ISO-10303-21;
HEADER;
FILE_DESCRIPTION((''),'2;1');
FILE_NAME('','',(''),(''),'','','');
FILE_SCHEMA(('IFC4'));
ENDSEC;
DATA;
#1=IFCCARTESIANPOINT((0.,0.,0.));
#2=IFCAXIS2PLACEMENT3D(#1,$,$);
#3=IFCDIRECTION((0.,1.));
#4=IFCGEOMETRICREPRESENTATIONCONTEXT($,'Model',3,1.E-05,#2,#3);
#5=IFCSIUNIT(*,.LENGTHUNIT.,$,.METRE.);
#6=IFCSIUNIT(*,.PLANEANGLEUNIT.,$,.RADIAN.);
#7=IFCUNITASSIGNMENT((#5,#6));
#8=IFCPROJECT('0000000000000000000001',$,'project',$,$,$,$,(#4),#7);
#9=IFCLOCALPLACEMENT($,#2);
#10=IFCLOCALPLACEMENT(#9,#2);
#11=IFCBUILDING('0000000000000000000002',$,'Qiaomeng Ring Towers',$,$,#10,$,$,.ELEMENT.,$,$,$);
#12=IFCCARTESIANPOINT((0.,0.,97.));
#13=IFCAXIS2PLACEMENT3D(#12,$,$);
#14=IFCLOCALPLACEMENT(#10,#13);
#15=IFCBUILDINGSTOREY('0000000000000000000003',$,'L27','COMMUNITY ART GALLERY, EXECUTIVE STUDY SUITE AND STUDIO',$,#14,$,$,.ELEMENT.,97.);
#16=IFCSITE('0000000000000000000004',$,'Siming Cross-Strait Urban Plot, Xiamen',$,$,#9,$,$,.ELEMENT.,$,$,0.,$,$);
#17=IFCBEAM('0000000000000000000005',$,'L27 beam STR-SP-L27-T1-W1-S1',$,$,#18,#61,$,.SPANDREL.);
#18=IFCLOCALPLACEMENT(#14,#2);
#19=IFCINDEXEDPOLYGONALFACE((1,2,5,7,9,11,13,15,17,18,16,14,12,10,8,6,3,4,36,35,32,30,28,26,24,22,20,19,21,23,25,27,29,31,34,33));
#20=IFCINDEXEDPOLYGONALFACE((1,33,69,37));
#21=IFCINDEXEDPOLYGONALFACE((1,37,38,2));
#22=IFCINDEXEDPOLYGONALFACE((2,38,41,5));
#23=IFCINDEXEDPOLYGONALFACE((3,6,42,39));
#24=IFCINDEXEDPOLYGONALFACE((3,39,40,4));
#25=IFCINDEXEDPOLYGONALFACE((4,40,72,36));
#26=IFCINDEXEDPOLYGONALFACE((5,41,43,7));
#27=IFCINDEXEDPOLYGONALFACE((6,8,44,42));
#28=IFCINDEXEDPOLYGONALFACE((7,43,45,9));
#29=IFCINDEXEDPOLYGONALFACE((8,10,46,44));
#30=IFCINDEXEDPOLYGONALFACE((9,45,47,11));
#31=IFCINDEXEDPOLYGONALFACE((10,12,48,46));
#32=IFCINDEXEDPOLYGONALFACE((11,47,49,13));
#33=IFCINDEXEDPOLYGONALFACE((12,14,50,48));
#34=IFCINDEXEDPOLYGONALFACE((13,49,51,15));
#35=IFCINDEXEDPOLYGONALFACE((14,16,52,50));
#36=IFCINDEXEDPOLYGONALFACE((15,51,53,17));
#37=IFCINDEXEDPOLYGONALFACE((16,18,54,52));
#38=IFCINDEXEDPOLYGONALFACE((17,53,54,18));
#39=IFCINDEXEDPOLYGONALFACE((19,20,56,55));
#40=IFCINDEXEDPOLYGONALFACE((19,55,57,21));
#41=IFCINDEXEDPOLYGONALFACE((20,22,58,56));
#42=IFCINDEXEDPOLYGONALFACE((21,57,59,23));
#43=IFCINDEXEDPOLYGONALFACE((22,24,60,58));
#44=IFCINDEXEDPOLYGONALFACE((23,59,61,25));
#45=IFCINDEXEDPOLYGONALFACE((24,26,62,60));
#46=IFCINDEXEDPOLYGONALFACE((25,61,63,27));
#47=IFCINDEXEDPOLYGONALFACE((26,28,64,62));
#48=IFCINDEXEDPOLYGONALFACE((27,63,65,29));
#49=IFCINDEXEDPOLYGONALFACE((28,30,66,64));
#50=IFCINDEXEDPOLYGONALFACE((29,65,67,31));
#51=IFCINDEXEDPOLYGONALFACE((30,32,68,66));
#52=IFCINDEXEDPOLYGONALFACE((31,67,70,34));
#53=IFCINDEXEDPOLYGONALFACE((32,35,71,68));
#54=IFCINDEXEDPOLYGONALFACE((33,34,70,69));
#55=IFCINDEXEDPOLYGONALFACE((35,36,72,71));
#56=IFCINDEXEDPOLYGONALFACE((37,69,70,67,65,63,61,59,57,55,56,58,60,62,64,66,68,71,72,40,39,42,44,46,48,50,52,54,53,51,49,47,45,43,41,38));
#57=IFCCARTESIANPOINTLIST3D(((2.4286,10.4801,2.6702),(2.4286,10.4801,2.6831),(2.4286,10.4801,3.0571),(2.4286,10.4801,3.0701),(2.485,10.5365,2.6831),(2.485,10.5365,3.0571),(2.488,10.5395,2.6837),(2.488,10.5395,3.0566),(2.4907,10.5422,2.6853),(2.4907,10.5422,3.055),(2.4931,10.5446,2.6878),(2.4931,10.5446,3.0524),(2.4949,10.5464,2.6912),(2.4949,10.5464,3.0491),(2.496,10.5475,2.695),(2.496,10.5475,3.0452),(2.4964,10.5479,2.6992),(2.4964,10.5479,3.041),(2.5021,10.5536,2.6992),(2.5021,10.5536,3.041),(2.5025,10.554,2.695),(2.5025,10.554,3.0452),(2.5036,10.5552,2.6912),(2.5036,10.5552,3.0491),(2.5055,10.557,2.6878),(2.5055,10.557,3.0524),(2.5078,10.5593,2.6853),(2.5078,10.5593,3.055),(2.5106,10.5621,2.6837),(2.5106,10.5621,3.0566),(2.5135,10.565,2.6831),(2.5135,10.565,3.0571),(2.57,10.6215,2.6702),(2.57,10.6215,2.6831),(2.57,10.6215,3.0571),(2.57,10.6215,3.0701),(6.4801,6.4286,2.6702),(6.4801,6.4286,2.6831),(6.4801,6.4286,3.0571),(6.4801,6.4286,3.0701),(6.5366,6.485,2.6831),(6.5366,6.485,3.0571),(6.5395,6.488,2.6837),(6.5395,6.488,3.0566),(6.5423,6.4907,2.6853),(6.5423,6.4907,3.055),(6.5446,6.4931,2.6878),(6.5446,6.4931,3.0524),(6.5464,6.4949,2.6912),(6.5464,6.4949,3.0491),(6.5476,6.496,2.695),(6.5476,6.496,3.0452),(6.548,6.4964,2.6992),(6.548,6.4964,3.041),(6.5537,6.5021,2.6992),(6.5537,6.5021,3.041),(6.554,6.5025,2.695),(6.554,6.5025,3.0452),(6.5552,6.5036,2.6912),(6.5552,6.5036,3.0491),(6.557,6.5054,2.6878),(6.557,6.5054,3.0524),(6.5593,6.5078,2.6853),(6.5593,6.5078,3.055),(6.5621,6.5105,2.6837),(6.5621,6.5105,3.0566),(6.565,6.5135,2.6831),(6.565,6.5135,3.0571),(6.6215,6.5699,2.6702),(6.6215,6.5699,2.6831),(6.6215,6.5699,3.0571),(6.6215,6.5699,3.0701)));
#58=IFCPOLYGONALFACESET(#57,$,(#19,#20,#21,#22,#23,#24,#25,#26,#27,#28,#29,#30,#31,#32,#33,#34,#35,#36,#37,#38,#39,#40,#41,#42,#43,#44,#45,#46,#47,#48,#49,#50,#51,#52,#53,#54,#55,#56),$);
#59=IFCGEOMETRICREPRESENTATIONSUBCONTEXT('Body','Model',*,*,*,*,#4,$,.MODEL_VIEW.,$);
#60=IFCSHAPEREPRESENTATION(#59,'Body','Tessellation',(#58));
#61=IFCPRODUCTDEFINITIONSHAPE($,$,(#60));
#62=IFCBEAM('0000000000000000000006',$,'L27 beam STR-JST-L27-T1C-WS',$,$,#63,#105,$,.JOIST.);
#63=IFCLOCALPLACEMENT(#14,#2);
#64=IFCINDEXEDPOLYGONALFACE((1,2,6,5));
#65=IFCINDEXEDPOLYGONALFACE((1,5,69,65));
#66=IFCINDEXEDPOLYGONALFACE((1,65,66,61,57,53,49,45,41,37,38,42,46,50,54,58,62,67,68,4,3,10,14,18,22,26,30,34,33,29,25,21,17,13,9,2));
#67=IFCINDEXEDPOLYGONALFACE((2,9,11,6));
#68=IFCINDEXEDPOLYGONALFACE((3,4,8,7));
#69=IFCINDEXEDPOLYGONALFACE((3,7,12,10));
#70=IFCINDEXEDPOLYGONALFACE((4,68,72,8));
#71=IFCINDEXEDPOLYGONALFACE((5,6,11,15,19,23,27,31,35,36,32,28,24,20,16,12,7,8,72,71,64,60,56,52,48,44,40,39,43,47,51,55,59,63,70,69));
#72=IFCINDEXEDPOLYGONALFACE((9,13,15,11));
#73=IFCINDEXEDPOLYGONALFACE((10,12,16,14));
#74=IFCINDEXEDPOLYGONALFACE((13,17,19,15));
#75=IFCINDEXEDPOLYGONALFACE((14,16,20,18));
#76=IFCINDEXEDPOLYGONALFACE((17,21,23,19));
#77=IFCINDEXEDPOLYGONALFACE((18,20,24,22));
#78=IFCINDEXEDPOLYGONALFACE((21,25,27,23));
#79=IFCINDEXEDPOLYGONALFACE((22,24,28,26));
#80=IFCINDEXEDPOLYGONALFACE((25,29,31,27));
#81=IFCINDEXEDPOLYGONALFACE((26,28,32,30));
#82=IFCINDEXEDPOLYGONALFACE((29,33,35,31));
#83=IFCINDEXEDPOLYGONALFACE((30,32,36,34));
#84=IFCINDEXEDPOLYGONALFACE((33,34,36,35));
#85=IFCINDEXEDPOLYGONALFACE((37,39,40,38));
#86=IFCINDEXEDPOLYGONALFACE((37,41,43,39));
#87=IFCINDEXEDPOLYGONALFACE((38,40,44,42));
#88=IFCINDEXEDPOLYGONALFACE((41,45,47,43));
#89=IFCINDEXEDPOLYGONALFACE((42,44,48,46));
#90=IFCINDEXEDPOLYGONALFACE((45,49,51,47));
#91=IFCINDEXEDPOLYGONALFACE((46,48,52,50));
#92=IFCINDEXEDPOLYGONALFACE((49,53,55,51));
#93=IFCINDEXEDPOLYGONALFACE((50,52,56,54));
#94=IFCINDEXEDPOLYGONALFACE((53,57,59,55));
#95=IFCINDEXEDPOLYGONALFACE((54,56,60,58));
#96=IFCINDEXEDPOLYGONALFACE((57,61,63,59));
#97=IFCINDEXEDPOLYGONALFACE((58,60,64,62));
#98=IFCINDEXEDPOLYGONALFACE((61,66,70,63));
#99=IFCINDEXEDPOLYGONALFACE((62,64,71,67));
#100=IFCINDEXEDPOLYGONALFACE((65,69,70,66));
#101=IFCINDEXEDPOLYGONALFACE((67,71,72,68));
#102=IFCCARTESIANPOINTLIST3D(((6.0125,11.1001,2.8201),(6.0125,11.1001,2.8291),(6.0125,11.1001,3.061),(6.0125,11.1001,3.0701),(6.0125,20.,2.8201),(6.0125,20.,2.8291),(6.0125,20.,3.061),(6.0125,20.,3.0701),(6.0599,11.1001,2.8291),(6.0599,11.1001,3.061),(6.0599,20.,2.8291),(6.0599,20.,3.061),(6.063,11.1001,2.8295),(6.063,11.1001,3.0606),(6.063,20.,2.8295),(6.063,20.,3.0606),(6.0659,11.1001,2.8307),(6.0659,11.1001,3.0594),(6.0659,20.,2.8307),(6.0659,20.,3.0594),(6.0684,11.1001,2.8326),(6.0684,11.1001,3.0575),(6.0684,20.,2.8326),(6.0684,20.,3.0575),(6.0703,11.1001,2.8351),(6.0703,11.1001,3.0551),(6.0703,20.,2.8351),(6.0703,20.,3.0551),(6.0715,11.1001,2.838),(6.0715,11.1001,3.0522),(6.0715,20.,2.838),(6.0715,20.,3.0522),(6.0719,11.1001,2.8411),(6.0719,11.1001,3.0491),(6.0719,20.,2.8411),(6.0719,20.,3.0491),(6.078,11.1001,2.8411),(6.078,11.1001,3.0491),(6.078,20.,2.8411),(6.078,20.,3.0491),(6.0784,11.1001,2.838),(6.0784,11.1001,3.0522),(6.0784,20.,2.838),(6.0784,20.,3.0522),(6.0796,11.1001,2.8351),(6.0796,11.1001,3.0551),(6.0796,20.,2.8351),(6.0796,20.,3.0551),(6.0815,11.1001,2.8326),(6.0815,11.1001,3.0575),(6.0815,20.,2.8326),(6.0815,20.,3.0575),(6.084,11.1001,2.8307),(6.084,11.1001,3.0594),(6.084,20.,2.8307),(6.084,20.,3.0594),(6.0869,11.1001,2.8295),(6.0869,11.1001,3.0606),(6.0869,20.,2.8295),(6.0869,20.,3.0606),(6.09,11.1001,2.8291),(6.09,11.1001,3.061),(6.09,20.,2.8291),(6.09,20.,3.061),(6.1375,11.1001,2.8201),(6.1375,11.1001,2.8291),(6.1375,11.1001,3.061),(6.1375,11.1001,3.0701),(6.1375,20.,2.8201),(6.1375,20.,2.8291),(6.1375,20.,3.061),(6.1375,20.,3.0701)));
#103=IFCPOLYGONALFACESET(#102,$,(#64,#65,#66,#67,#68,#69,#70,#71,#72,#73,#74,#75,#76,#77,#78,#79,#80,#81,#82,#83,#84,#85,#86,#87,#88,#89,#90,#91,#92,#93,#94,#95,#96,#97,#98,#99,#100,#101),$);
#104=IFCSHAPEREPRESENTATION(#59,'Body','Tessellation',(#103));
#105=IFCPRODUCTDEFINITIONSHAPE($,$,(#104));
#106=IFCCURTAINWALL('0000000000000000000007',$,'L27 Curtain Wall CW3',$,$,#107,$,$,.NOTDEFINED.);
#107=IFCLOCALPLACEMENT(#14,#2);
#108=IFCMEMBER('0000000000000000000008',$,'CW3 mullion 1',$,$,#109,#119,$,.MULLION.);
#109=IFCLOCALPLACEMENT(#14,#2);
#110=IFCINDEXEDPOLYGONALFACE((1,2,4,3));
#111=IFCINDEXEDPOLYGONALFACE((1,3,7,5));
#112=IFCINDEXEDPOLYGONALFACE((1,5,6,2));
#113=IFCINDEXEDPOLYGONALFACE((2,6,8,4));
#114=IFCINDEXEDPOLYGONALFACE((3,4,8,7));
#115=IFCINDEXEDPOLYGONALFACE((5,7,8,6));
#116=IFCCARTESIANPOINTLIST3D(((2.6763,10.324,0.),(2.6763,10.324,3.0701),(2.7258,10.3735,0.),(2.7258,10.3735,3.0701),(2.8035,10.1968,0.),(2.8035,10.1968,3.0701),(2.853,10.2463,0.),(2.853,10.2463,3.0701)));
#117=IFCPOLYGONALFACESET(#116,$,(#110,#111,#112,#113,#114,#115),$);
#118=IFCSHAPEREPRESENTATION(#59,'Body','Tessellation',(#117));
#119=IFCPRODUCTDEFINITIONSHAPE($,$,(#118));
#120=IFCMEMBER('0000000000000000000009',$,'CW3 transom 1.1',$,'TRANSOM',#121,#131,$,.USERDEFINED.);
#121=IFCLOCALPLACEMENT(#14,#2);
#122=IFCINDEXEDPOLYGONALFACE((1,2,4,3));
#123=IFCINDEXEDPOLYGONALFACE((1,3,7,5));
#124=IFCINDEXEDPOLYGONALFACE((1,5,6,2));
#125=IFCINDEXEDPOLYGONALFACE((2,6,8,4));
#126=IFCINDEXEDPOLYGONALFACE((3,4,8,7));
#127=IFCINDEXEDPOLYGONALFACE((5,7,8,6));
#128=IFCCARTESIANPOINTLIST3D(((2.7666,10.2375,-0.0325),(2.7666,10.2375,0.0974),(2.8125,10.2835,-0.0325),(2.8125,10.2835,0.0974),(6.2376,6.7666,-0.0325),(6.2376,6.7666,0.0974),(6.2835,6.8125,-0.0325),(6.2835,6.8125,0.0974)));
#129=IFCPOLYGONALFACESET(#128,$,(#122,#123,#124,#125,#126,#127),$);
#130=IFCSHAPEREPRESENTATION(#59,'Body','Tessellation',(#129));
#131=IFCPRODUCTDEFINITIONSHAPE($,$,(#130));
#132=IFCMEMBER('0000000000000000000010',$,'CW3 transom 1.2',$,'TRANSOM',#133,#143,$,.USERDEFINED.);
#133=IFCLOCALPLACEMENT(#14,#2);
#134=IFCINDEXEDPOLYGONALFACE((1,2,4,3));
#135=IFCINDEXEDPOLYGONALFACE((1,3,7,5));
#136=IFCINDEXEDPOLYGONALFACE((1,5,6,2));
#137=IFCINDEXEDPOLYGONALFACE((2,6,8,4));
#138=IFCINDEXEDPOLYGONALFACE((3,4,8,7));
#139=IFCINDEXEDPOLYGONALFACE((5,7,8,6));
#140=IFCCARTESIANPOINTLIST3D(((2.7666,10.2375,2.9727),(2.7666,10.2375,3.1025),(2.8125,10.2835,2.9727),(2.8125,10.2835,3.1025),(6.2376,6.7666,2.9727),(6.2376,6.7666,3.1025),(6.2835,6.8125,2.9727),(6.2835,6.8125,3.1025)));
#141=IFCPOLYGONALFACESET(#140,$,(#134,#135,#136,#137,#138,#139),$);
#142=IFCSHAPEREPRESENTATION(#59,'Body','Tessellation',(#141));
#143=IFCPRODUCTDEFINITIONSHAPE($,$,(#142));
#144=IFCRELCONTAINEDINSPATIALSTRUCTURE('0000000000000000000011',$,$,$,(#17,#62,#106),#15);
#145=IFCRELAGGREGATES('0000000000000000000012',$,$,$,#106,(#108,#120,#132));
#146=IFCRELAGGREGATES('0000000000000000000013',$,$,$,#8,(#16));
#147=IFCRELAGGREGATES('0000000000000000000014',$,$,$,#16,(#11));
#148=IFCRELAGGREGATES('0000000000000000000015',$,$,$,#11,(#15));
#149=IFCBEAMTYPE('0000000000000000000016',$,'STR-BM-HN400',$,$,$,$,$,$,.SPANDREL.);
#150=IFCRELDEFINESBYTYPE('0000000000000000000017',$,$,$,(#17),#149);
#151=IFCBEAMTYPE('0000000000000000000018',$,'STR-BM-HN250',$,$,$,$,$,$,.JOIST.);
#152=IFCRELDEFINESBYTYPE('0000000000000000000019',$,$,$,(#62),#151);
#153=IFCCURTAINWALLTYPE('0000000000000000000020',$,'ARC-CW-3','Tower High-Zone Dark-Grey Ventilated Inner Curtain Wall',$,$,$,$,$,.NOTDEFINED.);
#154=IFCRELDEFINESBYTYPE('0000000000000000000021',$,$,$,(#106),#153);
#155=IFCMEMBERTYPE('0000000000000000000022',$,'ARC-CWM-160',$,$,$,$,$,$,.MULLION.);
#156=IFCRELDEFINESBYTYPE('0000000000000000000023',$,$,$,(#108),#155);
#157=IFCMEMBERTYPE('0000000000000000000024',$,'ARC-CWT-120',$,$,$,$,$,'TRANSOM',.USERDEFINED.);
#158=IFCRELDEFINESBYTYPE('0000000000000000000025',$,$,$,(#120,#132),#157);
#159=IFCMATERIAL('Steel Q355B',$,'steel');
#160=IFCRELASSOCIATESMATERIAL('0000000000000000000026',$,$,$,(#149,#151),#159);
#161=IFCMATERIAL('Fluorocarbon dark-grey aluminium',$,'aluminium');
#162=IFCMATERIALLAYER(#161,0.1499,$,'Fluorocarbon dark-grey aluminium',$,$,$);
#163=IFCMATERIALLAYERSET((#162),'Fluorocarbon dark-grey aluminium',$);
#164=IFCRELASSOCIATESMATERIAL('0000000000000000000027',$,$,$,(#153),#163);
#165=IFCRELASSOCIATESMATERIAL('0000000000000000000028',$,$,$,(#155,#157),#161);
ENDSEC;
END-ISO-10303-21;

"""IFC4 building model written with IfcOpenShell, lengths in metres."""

from ifc_helpers import new_model, si_unit, direction, frame, origin, origin_2d, place, context, subcontext, project, spatial, rectangle, i_section, extrude, source, transform, mapped, material, layer, layer_set, material_profile, profile_set, type_object, element, aggregate, save


model = new_model("IFC4")

# Units and contexts
model_context = context("Model", 3, precision=1e-05, world=origin(), true_north=direction((0.0, 1.0)))
body_context = subcontext(model_context, "Body", "Model", "MODEL_VIEW")
ifc_project = project(units=[si_unit("LENGTHUNIT", "METRE"), si_unit("PLANEANGLEUNIT", "RADIAN")], contexts=[model_context])

# Site, building, storey
site_placement = place(None, origin())
site = spatial("IfcSite", under=ifc_project, at=site_placement, Name="Siming Cross-Strait Urban Plot, Xiamen", CompositionType="ELEMENT", RefElevation=0.0)
building_placement = place(site_placement, origin())
building = spatial("IfcBuilding", under=site, at=building_placement, Name="Qiaomeng Ring Towers", CompositionType="ELEMENT")
storey_placement = place(building_placement, frame((0.0, 0.0, 97.0)))
storey = spatial("IfcBuildingStorey", under=building, at=storey_placement, Name="L27", Description="COMMUNITY ART GALLERY, EXECUTIVE STUDY SUITE AND STUDIO", CompositionType="ELEMENT", Elevation=97.0)

# Beams
ifc_material_1 = material(Name="Steel Q355B", Category="steel")
ifc_material_profile_1 = material_profile(ifc_material_1, i_section(OverallWidth=0.2, OverallDepth=0.3999, WebThickness=0.0081, FlangeThickness=0.0129, FilletRadius=0.0161, at=origin_2d()), Name="HN 400x200x8x13")
ifc_profile_set_1 = profile_set([ifc_material_profile_1], Name="Steel Q355B")
beam_type_1 = type_object("IfcBeamType", Name="STR-BM-HN400", PredefinedType="SPANDREL", material=ifc_profile_set_1)
shared_shape_1 = source(origin(), body_context, "Body", "SweptSolid", [
    extrude(i_section(OverallWidth=0.2, OverallDepth=0.3999, WebThickness=0.0081, FlangeThickness=0.0129, FilletRadius=0.0161, at=origin_2d()), origin(), (0.0, 0.0, 1.0), 5.7297),
])
beam_1_placement = place(storey_placement, frame((2.4993, 10.5508, 2.8701), z_axis=(0.707107, -0.707107, 0.0), x_axis=(0.707107, 0.707107, 0.0)))
element("IfcBeam", 1, at=beam_1_placement, inside=storey, type_object=beam_type_1, Name="L27 beam STR-SP-L27-T1-W1-S1", PredefinedType="SPANDREL", context=body_context, shape_type="MappedRepresentation", body=[
    mapped(shared_shape_1, transform((0.0, 0.0, 0.0), x_axis=(1.0, 0.0, 0.0), y_axis=(0.0, 1.0, 0.0), z_axis=(0.0, 0.0, 1.0), scale=1.0)),
])
ifc_material_profile_2 = material_profile(ifc_material_1, i_section(OverallWidth=0.125, OverallDepth=0.25, WebThickness=0.0061, FlangeThickness=0.009, FilletRadius=0.012, at=origin_2d()), Name="HN 250x125x6x9")
ifc_profile_set_2 = profile_set([ifc_material_profile_2], Name="Steel Q355B")
beam_type_2 = type_object("IfcBeamType", Name="STR-BM-HN250", PredefinedType="JOIST", material=ifc_profile_set_2)
shared_shape_2 = source(origin(), body_context, "Body", "SweptSolid", [
    extrude(i_section(OverallWidth=0.125, OverallDepth=0.25, WebThickness=0.0061, FlangeThickness=0.009, FilletRadius=0.012, at=origin_2d()), origin(), (0.0, 0.0, 1.0), 8.8999),
])
beam_2_placement = place(storey_placement, frame((6.075, 11.1001, 2.9451), z_axis=(0.0, 1.0, 0.0), x_axis=(-1.0, 0.0, 0.0)))
element("IfcBeam", 2, at=beam_2_placement, inside=storey, type_object=beam_type_2, Name="L27 beam STR-JST-L27-T1C-WS", PredefinedType="JOIST", context=body_context, shape_type="MappedRepresentation", body=[
    mapped(shared_shape_2, transform((0.0, 0.0, 0.0), x_axis=(1.0, 0.0, 0.0), y_axis=(0.0, 1.0, 0.0), z_axis=(0.0, 0.0, 1.0), scale=1.0)),
])

# Curtain wall, members
ifc_material_2 = material(Name="Fluorocarbon dark-grey aluminium", Category="aluminium")
ifc_layer_1 = layer(ifc_material_2, 0.1499, Name="Fluorocarbon dark-grey aluminium")
ifc_layer_set_1 = layer_set([ifc_layer_1], Name="Fluorocarbon dark-grey aluminium")
curtain_wall_type = type_object("IfcCurtainWallType", Name="ARC-CW-3", Description="Tower High-Zone Dark-Grey Ventilated Inner Curtain Wall", PredefinedType="NOTDEFINED", material=ifc_layer_set_1)
curtain_wall_placement = place(storey_placement, origin())
curtain_wall = element("IfcCurtainWall", 3, at=curtain_wall_placement, inside=storey, type_object=curtain_wall_type, Name="L27 Curtain Wall CW3", PredefinedType="NOTDEFINED")
ifc_material_profile_3 = material_profile(ifc_material_2, rectangle(XDim=0.0701, YDim=0.1799, at=origin_2d()), Name="ALU MULL 70x180")
ifc_profile_set_3 = profile_set([ifc_material_profile_3], Name="Fluorocarbon dark-grey aluminium")
member_type_1 = type_object("IfcMemberType", Name="ARC-CWM-160", PredefinedType="MULLION", material=ifc_profile_set_3)
shared_shape_3 = source(origin(), body_context, "Body", "SweptSolid", [
    extrude(rectangle(XDim=0.0701, YDim=0.1799, at=origin_2d()), origin(), (0.0, 0.0, 1.0), 3.0701),
])
member_1_placement = place(storey_placement, frame((2.7646, 10.2852, 0.0), z_axis=(0.0, 0.0, 1.0), x_axis=(0.707107, 0.707107, 0.0)))
member_1 = element("IfcMember", 4, at=member_1_placement, type_object=member_type_1, Name="CW3 mullion 1", PredefinedType="MULLION", context=body_context, shape_type="MappedRepresentation", body=[
    mapped(shared_shape_3, transform((0.0, 0.0, 0.0), x_axis=(1.0, 0.0, 0.0), y_axis=(0.0, 1.0, 0.0), z_axis=(0.0, 0.0, 1.0), scale=1.0)),
])
ifc_material_profile_4 = material_profile(ifc_material_2, rectangle(XDim=0.0649, YDim=0.1299, at=origin_2d()), Name="ALU TRAN 65x130")
ifc_profile_set_4 = profile_set([ifc_material_profile_4], Name="Fluorocarbon dark-grey aluminium")
member_type_2 = type_object("IfcMemberType", Name="ARC-CWT-120", ElementType="TRANSOM", PredefinedType="USERDEFINED", material=ifc_profile_set_4)
shared_shape_4 = source(origin(), body_context, "Body", "SweptSolid", [
    extrude(rectangle(XDim=0.0649, YDim=0.1299, at=origin_2d()), origin(), (0.0, 0.0, 1.0), 4.9087),
])
member_2_placement = place(storey_placement, frame((2.7896, 10.2605, 0.0325), z_axis=(0.707107, -0.707107, 0.0), x_axis=(0.707107, 0.707107, 0.0)))
member_2 = element("IfcMember", 5, at=member_2_placement, type_object=member_type_2, Name="CW3 transom 1.1", ObjectType="TRANSOM", PredefinedType="USERDEFINED", context=body_context, shape_type="MappedRepresentation", body=[
    mapped(shared_shape_4, transform((0.0, 0.0, 0.0), x_axis=(1.0, 0.0, 0.0), y_axis=(0.0, 1.0, 0.0), z_axis=(0.0, 0.0, 1.0), scale=1.0)),
])
member_3_placement = place(storey_placement, frame((2.7896, 10.2605, 3.0376), z_axis=(0.707107, -0.707107, 0.0), x_axis=(0.707107, 0.707107, 0.0)))
member_3 = element("IfcMember", 6, at=member_3_placement, type_object=member_type_2, Name="CW3 transom 1.2", ObjectType="TRANSOM", PredefinedType="USERDEFINED", context=body_context, shape_type="MappedRepresentation", body=[
    mapped(shared_shape_4, transform((0.0, 0.0, 0.0), x_axis=(1.0, 0.0, 0.0), y_axis=(0.0, 1.0, 0.0), z_axis=(0.0, 0.0, 1.0), scale=1.0)),
])
aggregate(curtain_wall, [member_1, member_2, member_3])

save(model, "model.ifc")
